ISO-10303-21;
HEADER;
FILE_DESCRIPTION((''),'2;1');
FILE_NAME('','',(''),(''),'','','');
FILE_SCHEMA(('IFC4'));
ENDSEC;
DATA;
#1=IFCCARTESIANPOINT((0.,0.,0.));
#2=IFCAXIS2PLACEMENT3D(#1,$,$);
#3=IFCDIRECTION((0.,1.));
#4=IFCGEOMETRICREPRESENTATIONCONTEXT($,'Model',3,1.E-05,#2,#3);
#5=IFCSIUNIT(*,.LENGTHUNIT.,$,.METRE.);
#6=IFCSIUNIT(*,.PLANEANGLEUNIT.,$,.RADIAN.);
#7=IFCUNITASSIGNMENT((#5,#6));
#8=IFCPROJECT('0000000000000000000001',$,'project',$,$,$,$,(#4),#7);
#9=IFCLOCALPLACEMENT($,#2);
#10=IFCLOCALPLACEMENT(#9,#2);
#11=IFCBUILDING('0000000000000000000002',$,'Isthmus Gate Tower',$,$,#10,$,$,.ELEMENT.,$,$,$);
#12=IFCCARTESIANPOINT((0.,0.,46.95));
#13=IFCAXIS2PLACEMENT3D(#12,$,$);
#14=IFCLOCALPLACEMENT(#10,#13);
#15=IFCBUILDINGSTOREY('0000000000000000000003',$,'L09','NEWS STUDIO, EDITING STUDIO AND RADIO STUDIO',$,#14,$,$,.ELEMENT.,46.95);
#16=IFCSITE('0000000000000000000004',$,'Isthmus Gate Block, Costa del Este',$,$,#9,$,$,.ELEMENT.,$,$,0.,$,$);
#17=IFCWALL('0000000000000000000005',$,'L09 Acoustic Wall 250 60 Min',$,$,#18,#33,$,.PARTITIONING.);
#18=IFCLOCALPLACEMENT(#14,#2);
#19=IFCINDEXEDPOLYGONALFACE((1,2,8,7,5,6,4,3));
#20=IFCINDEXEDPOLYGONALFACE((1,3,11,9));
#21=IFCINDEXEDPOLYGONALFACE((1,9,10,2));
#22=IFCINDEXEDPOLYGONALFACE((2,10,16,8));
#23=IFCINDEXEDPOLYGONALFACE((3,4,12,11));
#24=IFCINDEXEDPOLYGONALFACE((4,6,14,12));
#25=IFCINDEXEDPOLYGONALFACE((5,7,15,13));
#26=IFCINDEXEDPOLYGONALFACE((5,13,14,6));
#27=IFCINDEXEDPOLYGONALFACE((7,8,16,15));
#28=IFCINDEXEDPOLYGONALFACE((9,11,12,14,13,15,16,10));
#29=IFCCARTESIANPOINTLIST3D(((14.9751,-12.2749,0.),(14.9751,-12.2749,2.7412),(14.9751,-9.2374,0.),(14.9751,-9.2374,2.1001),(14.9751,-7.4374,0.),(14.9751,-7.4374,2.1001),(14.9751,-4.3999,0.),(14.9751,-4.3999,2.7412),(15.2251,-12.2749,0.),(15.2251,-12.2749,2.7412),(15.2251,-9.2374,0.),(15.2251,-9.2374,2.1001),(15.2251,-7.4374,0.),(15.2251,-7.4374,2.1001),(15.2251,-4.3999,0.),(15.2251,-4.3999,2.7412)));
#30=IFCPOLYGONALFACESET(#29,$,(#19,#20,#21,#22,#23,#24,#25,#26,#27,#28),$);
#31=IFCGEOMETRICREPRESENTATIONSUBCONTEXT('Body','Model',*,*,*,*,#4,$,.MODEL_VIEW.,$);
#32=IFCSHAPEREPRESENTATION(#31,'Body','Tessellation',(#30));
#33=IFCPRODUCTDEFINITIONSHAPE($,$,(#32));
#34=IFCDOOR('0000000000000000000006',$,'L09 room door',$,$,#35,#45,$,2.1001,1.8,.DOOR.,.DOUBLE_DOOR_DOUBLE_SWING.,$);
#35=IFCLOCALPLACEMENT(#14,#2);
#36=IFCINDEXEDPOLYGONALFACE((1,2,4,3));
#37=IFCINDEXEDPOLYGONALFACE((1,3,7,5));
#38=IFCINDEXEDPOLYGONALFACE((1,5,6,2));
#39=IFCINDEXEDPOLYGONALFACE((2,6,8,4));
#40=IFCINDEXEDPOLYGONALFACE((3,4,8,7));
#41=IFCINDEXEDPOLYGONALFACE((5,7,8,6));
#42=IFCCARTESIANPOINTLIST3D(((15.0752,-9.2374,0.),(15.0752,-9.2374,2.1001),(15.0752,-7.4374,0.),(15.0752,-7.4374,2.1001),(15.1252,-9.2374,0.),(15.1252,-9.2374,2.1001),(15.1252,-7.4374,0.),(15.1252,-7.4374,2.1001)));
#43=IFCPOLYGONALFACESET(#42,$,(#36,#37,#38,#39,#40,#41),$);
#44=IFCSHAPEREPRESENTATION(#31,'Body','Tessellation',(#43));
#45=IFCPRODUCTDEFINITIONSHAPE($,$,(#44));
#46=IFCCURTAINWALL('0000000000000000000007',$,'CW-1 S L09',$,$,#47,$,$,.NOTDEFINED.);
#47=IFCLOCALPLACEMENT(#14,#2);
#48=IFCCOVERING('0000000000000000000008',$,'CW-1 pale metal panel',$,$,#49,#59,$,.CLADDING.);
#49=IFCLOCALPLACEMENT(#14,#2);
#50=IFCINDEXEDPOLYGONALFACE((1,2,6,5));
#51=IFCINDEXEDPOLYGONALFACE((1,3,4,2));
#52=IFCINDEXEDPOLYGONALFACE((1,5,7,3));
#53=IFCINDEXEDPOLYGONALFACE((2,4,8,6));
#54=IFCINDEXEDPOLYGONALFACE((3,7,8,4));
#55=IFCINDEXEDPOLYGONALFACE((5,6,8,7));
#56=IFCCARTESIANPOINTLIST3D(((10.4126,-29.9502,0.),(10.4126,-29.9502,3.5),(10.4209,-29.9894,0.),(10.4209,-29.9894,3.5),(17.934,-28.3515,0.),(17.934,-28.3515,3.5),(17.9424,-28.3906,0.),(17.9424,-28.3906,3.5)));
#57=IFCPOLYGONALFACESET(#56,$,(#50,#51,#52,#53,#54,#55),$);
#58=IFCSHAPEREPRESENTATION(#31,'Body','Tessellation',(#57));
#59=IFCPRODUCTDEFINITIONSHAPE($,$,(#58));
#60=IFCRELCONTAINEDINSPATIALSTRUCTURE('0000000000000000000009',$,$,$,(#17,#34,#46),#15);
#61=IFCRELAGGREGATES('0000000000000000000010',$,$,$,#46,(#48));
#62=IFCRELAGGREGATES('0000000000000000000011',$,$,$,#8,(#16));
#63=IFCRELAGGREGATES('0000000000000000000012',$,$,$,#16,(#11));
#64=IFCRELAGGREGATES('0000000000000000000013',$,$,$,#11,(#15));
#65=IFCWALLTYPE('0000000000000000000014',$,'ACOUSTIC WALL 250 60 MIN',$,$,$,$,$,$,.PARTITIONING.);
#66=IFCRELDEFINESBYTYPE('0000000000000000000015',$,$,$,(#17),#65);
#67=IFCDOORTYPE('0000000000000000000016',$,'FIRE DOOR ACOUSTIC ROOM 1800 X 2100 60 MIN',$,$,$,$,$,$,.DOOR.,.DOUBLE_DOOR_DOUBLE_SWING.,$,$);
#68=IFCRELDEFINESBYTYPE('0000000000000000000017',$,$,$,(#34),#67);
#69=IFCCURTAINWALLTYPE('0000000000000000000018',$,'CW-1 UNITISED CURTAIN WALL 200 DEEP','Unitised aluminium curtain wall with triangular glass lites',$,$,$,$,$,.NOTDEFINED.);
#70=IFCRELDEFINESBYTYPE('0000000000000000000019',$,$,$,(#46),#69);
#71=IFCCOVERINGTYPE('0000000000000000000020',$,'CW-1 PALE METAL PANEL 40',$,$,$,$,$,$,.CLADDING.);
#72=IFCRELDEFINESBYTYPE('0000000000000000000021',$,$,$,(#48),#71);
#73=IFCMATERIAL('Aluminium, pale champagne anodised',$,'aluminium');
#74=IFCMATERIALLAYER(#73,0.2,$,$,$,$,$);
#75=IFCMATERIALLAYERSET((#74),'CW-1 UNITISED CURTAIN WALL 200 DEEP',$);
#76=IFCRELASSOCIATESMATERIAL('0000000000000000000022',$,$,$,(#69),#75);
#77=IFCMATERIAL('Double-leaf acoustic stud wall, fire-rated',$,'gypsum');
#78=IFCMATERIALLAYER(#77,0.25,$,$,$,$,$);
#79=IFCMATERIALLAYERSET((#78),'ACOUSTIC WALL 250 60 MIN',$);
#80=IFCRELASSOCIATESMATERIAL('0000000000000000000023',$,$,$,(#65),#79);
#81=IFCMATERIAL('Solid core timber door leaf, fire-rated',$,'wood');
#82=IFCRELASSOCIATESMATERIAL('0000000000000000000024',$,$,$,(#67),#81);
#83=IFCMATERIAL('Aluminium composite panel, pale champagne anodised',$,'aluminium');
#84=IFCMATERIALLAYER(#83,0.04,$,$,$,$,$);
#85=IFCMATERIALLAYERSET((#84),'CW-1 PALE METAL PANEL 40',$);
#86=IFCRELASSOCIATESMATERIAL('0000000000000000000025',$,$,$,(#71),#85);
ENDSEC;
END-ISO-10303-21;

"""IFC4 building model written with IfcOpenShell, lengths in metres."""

from ifc_helpers import new_model, si_unit, direction, frame, frame_2d, origin, origin_2d, place, context, subcontext, project, spatial, rectangle, extrude, material, layer, layer_set, type_object, element, fill, aggregate, save


model = new_model("IFC4")

# Units and contexts
model_context = context("Model", 3, precision=1e-05, world=origin(), true_north=direction((0.0, 1.0)))
body_context = subcontext(model_context, "Body", "Model", "MODEL_VIEW")
ifc_project = project(units=[si_unit("LENGTHUNIT", "METRE"), si_unit("PLANEANGLEUNIT", "RADIAN")], contexts=[model_context])

# Site, building, storey
site_placement = place(None, origin())
site = spatial("IfcSite", under=ifc_project, at=site_placement, Name="Isthmus Gate Block, Costa del Este", CompositionType="ELEMENT", RefElevation=0.0)
building_placement = place(site_placement, origin())
building = spatial("IfcBuilding", under=site, at=building_placement, Name="Isthmus Gate Tower", CompositionType="ELEMENT")
storey_placement = place(building_placement, frame((0.0, 0.0, 46.95)))
storey = spatial("IfcBuildingStorey", under=building, at=storey_placement, Name="L09", Description="NEWS STUDIO, EDITING STUDIO AND RADIO STUDIO", CompositionType="ELEMENT", Elevation=46.95)

# Shared definitions
ifc_material_1 = material(Name="Aluminium, pale champagne anodised", Category="aluminium")
ifc_layer_1 = layer(ifc_material_1, 0.2)
ifc_layer_set_1 = layer_set([ifc_layer_1], Name="CW-1 UNITISED CURTAIN WALL 200 DEEP")
curtain_wall_type = type_object("IfcCurtainWallType", Name="CW-1 UNITISED CURTAIN WALL 200 DEEP", Description="Unitised aluminium curtain wall with triangular glass lites", PredefinedType="NOTDEFINED", material=ifc_layer_set_1)

# Shared definitions
ifc_material_2 = material(Name="Double-leaf acoustic stud wall, fire-rated", Category="gypsum")
ifc_layer_2 = layer(ifc_material_2, 0.25)
ifc_layer_set_2 = layer_set([ifc_layer_2], Name="ACOUSTIC WALL 250 60 MIN")
wall_type = type_object("IfcWallType", Name="ACOUSTIC WALL 250 60 MIN", PredefinedType="PARTITIONING", material=ifc_layer_set_2)

# Wall, opening, door
wall_1_placement = place(storey_placement, frame((15.1001, -12.2749, 0.0), z_axis=(0.0, 0.0, 1.0), x_axis=(0.0, 1.0, 0.0)))
wall_1 = element("IfcWall", 1, at=wall_1_placement, inside=storey, type_object=wall_type, Name="L09 Acoustic Wall 250 60 Min", PredefinedType="PARTITIONING", context=body_context, shape_type="SweptSolid", body=[
    extrude(rectangle(XDim=7.875, YDim=0.25, at=frame_2d((3.9375, 0.0))), origin(), (0.0, 0.0, 1.0), 2.7412),
])
opening_placement = place(wall_1_placement, frame((3.0376, 0.0, 0.0)))
opening = element("IfcOpeningElement", 2, at=opening_placement, cuts=wall_1, PredefinedType="OPENING", context=body_context, shape_type="SweptSolid", body=[
    extrude(rectangle(XDim=1.8, YDim=2.1001, at=frame_2d((0.8999, 1.05))), frame((0.0, 0.135, 0.0), z_axis=(0.0, -1.0, 0.0), x_axis=(1.0, 0.0, 0.0)), (0.0, 0.0, 1.0), 0.27),
])
ifc_material_3 = material(Name="Solid core timber door leaf, fire-rated", Category="wood")
door_type = type_object("IfcDoorType", Name="FIRE DOOR ACOUSTIC ROOM 1800 X 2100 60 MIN", OperationType="DOUBLE_DOOR_DOUBLE_SWING", PredefinedType="DOOR", material=ifc_material_3)
door_placement = place(opening_placement, origin())
door = element("IfcDoor", 3, at=door_placement, inside=storey, type_object=door_type, Name="L09 room door", OperationType="DOUBLE_DOOR_DOUBLE_SWING", OverallHeight=2.1001, OverallWidth=1.8, PredefinedType="DOOR", context=body_context, shape_type="SweptSolid", body=[
    extrude(rectangle(XDim=1.8, YDim=2.1001, at=frame_2d((0.8999, 1.05))), frame((0.0, 0.0249, 0.0), z_axis=(0.0, -1.0, 0.0), x_axis=(1.0, 0.0, 0.0)), (0.0, 0.0, 1.0), 0.05),
])
fill(opening, door)

# Curtain wall, covering
curtain_wall_1_placement = place(storey_placement, origin())
curtain_wall_1 = element("IfcCurtainWall", 4, at=curtain_wall_1_placement, inside=storey, type_object=curtain_wall_type, Name="CW-1 S L09", PredefinedType="NOTDEFINED")
ifc_material_4 = material(Name="Aluminium composite panel, pale champagne anodised", Category="aluminium")
ifc_layer_3 = layer(ifc_material_4, 0.04)
ifc_layer_set_3 = layer_set([ifc_layer_3], Name="CW-1 PALE METAL PANEL 40")
covering_type = type_object("IfcCoveringType", Name="CW-1 PALE METAL PANEL 40", PredefinedType="CLADDING", material=ifc_layer_set_3)
covering_placement = place(storey_placement, frame((14.1775, -29.1704, 0.0), z_axis=(0.0, 0.0, 1.0), x_axis=(0.978148, 0.207912, 0.0)))
covering = element("IfcCovering", 5, at=covering_placement, type_object=covering_type, Name="CW-1 pale metal panel", PredefinedType="CLADDING", context=body_context, shape_type="SweptSolid", body=[
    extrude(rectangle(XDim=7.6895, YDim=0.04, at=origin_2d()), origin(), (0.0, 0.0, 1.0), 3.5),
])
aggregate(curtain_wall_1, [covering])

save(model, "model.ifc")
